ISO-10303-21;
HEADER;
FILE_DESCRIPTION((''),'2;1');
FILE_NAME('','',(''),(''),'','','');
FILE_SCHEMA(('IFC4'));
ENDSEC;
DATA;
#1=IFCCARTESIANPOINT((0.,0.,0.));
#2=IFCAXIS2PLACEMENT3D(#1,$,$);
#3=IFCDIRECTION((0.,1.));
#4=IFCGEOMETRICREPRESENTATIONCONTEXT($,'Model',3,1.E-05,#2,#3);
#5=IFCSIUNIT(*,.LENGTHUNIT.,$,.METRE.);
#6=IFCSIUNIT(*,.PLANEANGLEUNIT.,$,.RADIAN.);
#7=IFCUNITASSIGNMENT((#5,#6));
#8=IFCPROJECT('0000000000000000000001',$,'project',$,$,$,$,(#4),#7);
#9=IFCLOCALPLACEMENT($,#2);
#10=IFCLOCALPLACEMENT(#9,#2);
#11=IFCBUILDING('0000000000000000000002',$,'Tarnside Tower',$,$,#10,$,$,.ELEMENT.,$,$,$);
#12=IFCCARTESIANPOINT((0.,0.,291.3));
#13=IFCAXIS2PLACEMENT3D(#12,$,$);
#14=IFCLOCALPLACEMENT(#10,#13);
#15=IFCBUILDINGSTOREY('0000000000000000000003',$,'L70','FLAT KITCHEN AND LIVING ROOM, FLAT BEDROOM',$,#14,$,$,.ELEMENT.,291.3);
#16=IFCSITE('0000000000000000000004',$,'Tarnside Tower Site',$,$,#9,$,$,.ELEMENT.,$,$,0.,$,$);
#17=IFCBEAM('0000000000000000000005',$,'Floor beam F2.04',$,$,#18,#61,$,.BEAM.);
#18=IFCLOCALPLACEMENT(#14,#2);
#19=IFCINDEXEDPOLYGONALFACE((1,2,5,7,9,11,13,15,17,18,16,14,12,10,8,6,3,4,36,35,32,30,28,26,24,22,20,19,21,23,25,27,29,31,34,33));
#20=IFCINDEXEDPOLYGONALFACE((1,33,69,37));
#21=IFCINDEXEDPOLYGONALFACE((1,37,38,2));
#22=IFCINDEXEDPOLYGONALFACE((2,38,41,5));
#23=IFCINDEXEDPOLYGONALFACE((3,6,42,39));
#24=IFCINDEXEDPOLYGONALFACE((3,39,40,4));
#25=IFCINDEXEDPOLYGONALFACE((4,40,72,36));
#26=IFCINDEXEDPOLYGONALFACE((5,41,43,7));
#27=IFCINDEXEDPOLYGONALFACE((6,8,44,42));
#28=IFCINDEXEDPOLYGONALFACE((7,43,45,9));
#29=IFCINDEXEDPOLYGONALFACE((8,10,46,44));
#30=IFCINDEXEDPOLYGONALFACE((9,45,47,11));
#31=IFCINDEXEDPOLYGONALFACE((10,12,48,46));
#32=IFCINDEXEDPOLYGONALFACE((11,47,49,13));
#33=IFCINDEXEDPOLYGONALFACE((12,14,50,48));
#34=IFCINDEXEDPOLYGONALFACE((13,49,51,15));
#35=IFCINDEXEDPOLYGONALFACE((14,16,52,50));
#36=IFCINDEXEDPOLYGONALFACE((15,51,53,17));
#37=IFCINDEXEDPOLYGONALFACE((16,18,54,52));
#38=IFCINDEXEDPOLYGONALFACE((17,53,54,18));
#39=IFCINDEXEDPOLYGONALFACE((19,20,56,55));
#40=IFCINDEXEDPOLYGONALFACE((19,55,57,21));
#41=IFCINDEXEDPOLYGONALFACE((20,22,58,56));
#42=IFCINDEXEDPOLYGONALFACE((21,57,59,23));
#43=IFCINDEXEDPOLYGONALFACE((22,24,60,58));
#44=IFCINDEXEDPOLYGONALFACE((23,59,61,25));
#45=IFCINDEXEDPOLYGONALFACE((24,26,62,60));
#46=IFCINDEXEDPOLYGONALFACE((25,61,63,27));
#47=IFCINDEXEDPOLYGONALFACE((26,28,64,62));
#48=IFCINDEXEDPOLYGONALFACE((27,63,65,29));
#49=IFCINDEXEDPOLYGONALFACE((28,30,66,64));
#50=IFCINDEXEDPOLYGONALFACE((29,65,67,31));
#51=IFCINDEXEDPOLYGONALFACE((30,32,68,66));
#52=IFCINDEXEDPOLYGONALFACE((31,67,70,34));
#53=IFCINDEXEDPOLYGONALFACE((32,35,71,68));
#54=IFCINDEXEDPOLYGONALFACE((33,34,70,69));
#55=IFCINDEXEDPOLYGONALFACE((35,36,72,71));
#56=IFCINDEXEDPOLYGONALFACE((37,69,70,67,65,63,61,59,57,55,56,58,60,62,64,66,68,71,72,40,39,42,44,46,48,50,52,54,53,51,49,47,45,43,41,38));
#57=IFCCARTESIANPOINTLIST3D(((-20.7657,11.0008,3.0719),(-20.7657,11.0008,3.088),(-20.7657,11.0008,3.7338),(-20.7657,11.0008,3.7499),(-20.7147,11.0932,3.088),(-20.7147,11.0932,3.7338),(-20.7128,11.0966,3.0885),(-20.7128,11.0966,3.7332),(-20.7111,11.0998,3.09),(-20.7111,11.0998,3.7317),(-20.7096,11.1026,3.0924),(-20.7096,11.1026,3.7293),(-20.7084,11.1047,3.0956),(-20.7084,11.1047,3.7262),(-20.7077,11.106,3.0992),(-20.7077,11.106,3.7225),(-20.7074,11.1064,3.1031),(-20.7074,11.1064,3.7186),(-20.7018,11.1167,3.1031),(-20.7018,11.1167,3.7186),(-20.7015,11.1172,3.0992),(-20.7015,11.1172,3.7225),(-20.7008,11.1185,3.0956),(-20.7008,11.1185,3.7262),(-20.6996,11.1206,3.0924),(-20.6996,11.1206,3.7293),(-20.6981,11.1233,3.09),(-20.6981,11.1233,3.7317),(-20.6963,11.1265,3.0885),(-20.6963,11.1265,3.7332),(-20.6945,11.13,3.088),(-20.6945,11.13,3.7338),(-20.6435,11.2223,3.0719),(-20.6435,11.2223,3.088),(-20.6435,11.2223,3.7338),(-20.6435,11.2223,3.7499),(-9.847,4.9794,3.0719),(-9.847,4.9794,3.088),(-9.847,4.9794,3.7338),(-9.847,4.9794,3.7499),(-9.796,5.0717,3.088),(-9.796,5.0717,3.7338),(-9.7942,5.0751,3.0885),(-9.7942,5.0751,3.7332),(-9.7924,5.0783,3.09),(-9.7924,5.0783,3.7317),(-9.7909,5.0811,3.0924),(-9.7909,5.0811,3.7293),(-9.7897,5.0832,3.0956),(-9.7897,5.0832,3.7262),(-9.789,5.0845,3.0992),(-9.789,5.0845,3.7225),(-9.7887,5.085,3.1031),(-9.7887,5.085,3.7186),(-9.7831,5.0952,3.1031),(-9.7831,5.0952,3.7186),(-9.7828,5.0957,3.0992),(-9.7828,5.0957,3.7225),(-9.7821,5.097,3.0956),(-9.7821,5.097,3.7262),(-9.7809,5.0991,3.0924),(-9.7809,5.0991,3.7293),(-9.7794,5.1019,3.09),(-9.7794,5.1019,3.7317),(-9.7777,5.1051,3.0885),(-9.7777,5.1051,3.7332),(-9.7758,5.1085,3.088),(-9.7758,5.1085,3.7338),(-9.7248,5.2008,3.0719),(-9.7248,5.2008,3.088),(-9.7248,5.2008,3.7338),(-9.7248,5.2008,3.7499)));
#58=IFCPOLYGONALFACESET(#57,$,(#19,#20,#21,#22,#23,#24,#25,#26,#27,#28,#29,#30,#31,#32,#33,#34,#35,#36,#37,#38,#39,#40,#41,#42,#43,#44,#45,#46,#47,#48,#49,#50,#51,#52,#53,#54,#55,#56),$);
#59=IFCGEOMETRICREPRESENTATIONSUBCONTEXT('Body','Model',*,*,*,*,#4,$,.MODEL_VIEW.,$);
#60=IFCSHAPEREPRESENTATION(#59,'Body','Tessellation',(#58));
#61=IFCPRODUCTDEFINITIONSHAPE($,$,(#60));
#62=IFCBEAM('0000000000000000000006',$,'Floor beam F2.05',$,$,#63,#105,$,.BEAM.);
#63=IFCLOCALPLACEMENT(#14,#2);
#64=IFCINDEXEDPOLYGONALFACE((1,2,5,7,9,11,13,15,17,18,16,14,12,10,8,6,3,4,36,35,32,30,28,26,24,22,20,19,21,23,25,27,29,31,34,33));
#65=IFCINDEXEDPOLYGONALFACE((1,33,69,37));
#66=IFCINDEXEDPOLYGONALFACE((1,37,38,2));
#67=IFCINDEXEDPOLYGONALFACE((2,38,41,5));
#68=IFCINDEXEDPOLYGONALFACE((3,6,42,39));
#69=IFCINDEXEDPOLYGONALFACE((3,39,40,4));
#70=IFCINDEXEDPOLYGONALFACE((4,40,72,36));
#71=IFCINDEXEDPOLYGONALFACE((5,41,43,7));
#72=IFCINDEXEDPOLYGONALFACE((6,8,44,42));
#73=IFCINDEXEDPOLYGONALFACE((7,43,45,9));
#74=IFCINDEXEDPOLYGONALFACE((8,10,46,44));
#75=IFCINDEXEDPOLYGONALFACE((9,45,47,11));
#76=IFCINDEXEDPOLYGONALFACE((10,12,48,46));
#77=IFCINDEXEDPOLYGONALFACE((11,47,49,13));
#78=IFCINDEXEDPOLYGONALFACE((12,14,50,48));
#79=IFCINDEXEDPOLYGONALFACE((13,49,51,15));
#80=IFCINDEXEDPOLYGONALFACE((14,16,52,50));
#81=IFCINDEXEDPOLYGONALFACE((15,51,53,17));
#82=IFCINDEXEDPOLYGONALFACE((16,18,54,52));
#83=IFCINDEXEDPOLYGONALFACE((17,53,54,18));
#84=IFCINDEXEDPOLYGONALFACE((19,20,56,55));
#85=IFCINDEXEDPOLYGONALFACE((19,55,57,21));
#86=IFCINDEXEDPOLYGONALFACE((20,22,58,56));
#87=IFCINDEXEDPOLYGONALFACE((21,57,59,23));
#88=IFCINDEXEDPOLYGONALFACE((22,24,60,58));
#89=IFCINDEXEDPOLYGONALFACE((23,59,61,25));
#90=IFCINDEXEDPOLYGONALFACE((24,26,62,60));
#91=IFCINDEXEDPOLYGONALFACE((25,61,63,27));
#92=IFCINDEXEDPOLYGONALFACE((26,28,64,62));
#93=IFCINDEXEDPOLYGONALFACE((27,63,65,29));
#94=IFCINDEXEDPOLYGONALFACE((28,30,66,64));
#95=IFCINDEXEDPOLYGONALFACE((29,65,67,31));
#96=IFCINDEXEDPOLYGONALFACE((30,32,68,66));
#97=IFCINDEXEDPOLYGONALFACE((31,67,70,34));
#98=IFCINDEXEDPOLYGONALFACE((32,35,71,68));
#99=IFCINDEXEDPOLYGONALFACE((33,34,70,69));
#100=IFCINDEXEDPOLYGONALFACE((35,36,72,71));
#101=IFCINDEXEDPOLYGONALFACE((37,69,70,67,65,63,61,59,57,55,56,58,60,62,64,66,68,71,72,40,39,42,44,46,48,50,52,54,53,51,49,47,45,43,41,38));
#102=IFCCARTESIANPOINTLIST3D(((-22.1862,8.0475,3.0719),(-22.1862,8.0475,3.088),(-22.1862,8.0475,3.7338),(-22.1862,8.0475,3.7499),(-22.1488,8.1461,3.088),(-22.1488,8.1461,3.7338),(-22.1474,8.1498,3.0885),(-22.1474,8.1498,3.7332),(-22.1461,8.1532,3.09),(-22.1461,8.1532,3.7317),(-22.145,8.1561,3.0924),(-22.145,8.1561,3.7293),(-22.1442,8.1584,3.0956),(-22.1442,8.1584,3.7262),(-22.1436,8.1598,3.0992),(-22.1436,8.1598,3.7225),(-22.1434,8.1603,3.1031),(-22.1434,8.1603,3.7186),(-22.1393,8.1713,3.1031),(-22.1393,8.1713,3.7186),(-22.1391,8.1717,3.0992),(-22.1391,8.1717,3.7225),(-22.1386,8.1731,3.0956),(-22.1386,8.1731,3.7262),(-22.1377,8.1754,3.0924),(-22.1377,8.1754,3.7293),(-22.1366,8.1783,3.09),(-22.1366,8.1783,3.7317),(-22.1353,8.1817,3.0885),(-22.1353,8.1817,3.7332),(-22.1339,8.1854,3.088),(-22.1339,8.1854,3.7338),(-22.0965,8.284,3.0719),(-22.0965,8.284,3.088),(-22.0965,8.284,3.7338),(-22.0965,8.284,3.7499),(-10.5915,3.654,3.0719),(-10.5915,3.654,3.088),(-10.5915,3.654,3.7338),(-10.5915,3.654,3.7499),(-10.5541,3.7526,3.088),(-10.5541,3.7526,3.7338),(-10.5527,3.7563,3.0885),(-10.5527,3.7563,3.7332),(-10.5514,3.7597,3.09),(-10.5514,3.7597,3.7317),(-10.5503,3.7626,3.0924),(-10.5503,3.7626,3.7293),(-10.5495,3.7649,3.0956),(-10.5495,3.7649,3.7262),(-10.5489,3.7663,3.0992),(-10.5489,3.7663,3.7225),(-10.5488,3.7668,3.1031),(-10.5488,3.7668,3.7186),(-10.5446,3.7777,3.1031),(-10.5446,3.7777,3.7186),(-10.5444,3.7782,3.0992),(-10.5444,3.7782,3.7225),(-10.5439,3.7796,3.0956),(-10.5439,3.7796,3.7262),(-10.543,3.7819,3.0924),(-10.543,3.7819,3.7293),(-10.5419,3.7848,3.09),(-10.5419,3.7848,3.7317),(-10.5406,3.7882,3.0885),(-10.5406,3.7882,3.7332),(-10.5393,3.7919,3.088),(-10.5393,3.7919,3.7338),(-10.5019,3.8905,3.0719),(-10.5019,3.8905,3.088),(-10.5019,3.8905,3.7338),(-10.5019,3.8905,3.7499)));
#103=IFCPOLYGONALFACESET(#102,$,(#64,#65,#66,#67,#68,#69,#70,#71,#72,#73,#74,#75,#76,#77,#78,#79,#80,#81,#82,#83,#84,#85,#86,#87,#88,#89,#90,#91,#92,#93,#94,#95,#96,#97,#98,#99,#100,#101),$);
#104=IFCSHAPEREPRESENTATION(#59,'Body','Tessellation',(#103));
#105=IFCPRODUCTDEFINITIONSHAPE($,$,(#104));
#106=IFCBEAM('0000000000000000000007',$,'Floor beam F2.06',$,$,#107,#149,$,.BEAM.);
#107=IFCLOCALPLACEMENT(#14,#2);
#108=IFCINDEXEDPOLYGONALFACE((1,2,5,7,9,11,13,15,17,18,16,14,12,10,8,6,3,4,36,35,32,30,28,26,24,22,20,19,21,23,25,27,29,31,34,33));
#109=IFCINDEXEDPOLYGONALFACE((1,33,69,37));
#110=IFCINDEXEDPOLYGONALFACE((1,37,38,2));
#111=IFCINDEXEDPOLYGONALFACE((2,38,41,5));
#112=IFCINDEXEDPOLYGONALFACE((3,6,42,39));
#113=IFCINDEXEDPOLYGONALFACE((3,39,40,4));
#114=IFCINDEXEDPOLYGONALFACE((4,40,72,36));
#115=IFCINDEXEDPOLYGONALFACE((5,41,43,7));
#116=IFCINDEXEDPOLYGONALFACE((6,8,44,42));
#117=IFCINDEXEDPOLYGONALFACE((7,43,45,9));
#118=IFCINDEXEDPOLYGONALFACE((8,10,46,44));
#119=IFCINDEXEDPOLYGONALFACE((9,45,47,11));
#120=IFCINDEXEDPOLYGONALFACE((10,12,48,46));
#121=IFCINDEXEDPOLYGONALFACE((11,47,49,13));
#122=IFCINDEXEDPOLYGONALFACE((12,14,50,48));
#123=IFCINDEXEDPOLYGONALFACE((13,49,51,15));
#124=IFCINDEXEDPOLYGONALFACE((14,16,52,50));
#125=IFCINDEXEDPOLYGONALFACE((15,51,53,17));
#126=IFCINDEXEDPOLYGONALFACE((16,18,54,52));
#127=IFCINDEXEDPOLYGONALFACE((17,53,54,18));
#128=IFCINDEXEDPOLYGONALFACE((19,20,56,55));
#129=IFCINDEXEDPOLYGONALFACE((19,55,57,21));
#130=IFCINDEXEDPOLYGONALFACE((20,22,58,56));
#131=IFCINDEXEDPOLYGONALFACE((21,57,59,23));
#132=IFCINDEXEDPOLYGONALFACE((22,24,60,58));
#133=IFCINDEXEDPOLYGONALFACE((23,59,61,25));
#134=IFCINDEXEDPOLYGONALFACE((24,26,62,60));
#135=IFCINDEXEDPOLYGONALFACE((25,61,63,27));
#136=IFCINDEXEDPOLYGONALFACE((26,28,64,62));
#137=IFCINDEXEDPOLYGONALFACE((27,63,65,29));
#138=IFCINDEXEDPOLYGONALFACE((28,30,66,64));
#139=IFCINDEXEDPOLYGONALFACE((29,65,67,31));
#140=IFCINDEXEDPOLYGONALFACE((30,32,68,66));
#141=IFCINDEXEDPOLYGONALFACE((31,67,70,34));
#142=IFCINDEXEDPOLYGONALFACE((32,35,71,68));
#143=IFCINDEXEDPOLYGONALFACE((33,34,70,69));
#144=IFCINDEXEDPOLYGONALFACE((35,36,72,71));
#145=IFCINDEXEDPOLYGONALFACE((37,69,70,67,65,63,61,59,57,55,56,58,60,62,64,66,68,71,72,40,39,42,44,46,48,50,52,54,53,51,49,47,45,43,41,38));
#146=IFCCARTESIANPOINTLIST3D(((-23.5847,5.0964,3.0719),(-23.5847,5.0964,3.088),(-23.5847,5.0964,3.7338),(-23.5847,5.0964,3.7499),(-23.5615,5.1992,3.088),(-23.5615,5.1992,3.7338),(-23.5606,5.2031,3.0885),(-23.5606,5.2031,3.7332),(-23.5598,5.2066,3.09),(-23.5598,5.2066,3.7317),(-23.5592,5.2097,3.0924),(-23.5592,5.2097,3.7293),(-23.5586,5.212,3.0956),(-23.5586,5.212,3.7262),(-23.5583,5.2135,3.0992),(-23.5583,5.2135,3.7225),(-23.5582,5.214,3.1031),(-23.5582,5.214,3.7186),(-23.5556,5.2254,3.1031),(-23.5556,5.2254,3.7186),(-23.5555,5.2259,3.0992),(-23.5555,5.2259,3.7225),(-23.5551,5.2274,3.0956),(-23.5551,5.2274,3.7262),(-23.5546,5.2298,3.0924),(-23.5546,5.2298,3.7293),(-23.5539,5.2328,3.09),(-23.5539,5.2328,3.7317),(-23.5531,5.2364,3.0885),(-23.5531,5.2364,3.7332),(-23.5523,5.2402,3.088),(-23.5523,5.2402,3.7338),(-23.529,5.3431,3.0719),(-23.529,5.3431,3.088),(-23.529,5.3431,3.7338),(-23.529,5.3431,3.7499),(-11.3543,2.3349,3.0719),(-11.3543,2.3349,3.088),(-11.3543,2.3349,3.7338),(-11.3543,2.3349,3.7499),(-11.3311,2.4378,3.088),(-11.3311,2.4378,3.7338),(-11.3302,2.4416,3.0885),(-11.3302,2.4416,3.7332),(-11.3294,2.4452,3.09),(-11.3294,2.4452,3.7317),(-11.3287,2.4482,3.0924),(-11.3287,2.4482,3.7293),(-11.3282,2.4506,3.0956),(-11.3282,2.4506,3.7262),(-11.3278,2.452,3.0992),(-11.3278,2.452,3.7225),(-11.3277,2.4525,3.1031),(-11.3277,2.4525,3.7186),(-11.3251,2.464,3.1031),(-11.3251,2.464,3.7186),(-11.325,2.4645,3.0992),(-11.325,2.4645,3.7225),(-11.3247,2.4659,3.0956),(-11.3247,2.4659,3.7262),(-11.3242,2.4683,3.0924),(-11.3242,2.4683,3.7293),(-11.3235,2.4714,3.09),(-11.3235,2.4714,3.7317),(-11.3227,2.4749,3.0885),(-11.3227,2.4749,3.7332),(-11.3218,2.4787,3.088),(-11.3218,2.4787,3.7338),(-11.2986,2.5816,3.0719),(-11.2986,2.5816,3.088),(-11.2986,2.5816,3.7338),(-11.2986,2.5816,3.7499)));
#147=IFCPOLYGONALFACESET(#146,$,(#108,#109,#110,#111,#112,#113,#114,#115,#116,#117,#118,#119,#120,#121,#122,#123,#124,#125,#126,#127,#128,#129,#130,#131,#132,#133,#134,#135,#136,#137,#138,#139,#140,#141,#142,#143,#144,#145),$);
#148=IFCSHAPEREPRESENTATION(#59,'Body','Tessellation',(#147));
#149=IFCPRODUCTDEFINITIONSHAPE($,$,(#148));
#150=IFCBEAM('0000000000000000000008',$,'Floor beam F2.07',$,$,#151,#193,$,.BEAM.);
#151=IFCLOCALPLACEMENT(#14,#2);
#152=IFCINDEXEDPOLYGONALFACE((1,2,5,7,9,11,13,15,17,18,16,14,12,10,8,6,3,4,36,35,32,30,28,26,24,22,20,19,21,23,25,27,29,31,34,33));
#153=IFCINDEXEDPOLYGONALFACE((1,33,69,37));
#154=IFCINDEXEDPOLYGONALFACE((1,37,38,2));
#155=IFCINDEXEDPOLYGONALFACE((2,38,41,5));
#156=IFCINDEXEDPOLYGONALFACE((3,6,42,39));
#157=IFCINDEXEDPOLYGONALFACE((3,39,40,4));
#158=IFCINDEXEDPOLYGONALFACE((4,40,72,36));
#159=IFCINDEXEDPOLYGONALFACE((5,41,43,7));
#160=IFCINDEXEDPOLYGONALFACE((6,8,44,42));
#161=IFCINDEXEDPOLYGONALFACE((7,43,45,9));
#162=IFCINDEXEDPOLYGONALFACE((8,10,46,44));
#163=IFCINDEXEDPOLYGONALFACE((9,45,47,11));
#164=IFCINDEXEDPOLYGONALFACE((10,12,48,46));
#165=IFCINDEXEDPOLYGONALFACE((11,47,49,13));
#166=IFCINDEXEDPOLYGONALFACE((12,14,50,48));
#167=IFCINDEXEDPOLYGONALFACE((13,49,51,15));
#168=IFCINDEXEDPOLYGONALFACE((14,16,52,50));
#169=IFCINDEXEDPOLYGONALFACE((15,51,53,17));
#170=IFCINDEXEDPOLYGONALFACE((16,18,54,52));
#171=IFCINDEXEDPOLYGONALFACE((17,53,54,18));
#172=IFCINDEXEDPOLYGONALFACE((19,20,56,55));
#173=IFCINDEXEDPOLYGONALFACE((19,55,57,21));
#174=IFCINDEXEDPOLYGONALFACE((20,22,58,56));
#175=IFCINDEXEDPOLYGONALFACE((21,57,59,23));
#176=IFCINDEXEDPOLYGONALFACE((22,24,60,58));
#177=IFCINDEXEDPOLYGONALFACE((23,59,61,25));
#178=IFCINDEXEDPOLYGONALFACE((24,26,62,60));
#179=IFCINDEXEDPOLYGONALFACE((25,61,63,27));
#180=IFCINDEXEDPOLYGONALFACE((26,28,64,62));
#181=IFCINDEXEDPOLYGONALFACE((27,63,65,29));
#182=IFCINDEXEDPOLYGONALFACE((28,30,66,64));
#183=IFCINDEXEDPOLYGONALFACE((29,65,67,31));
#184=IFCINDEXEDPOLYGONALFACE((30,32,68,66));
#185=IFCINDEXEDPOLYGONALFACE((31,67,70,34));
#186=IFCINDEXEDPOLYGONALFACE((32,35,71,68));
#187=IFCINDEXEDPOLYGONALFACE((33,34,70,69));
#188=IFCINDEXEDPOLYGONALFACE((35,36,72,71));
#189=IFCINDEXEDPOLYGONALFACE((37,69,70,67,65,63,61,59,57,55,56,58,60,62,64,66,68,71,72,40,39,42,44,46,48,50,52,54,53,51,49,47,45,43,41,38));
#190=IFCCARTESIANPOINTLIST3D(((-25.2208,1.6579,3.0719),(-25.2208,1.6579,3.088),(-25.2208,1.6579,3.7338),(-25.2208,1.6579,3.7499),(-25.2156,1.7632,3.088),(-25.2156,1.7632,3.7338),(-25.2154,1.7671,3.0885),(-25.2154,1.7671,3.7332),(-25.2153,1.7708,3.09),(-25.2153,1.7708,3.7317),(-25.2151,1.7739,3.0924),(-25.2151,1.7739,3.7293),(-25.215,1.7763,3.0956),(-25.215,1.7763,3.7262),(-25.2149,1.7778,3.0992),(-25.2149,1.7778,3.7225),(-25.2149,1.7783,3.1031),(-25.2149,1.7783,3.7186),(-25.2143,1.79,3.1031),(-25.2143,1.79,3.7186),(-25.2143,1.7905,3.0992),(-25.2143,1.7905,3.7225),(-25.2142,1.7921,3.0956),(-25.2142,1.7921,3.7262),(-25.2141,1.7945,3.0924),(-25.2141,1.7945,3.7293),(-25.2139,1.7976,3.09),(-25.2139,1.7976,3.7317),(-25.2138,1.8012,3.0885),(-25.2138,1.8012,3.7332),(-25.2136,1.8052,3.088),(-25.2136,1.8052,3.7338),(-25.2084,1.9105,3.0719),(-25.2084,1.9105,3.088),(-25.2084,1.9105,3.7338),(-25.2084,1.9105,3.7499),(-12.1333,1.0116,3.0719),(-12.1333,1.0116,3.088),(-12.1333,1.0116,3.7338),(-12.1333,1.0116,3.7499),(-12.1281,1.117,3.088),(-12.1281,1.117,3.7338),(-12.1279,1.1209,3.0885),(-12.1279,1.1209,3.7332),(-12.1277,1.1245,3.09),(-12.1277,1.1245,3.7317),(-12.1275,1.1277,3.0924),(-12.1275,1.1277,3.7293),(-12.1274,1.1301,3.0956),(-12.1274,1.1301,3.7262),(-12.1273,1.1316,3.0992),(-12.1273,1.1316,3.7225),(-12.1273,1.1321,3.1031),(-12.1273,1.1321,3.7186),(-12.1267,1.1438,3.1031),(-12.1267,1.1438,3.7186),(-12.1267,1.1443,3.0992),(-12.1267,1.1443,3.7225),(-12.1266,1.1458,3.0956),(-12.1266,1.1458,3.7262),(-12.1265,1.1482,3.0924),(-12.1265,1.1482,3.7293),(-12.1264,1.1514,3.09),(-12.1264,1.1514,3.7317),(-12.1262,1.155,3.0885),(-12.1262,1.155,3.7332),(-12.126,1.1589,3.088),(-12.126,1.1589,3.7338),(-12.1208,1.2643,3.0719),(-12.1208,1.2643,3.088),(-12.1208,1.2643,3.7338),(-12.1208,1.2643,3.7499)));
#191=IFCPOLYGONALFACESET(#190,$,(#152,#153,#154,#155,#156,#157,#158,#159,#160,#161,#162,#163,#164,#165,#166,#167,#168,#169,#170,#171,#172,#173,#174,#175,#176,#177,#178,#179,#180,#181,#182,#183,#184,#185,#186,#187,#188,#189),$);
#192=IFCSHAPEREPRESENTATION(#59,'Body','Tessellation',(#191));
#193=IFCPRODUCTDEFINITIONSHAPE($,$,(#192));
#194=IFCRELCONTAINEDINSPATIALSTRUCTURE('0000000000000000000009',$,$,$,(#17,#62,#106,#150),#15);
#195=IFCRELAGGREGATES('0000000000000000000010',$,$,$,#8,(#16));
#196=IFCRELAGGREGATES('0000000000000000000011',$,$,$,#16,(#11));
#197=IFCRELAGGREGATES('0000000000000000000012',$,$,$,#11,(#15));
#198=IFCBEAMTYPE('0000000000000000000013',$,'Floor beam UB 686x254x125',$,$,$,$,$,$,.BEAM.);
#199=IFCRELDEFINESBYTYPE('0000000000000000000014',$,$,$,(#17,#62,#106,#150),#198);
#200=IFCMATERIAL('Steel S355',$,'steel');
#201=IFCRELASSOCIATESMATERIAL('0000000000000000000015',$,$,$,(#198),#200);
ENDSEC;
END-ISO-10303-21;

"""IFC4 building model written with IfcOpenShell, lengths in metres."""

from ifc_helpers import new_model, si_unit, direction, frame, origin, origin_2d, place, context, subcontext, project, spatial, i_section, extrude, material, material_profile, profile_set, type_object, element, save


model = new_model("IFC4")

# Units and contexts
model_context = context("Model", 3, precision=1e-05, world=origin(), true_north=direction((0.0, 1.0)))
body_context = subcontext(model_context, "Body", "Model", "MODEL_VIEW")
ifc_project = project(units=[si_unit("LENGTHUNIT", "METRE"), si_unit("PLANEANGLEUNIT", "RADIAN")], contexts=[model_context])

# Site, building, storey
site_placement = place(None, origin())
site = spatial("IfcSite", under=ifc_project, at=site_placement, Name="Tarnside Tower Site", CompositionType="ELEMENT", RefElevation=0.0)
building_placement = place(site_placement, origin())
building = spatial("IfcBuilding", under=site, at=building_placement, Name="Tarnside Tower", CompositionType="ELEMENT")
storey_placement = place(building_placement, frame((0.0, 0.0, 291.3)))
storey = spatial("IfcBuildingStorey", under=building, at=storey_placement, Name="L70", Description="FLAT KITCHEN AND LIVING ROOM, FLAT BEDROOM", CompositionType="ELEMENT", Elevation=291.3)

# Beams
ifc_material_1 = material(Name="Steel S355", Category="steel")
ifc_material_profile = material_profile(ifc_material_1, i_section(OverallWidth=0.2529, OverallDepth=0.678, WebThickness=0.0117, FlangeThickness=0.0161, FilletRadius=0.0151, at=origin_2d()), Name="UB 686x254x125")
ifc_profile_set = profile_set([ifc_material_profile], Name="Steel S355")
beam_type = type_object("IfcBeamType", Name="Floor beam UB 686x254x125", PredefinedType="BEAM", material=ifc_profile_set)
beam_1_placement = place(storey_placement, frame((-20.7046, 11.1116, 3.4109), z_axis=(0.875667, -0.482916, 0.0), x_axis=(0.482916, 0.875667, 0.0)))
element("IfcBeam", 1, at=beam_1_placement, inside=storey, type_object=beam_type, Name="Floor beam F2.04", PredefinedType="BEAM", context=body_context, shape_type="SweptSolid", body=[
    extrude(i_section(OverallWidth=0.2529, OverallDepth=0.678, WebThickness=0.0117, FlangeThickness=0.0161, FilletRadius=0.0151, at=origin_2d()), origin(), (0.0, 0.0, 1.0), 12.469),
])
beam_2_placement = place(storey_placement, frame((-22.1414, 8.1658, 3.4109), z_axis=(0.935116, -0.354341, 0.0), x_axis=(0.354341, 0.935116, 0.0)))
element("IfcBeam", 2, at=beam_2_placement, inside=storey, type_object=beam_type, Name="Floor beam F2.05", PredefinedType="BEAM", context=body_context, shape_type="SweptSolid", body=[
    extrude(i_section(OverallWidth=0.2529, OverallDepth=0.678, WebThickness=0.0117, FlangeThickness=0.0161, FilletRadius=0.0151, at=origin_2d()), origin(), (0.0, 0.0, 1.0), 12.3992),
])
beam_3_placement = place(storey_placement, frame((-23.5569, 5.2197, 3.4109), z_axis=(0.975445, -0.220242, 0.0), x_axis=(0.220242, 0.975445, 0.0)))
element("IfcBeam", 3, at=beam_3_placement, inside=storey, type_object=beam_type, Name="Floor beam F2.06", PredefinedType="BEAM", context=body_context, shape_type="SweptSolid", body=[
    extrude(i_section(OverallWidth=0.2529, OverallDepth=0.678, WebThickness=0.0117, FlangeThickness=0.0161, FilletRadius=0.0151, at=origin_2d()), origin(), (0.0, 0.0, 1.0), 12.5383),
])
beam_4_placement = place(storey_placement, frame((-25.2146, 1.7842, 3.4109), z_axis=(0.998783, -0.049318, 0.0), x_axis=(0.049318, 0.998783, 0.0)))
element("IfcBeam", 4, at=beam_4_placement, inside=storey, type_object=beam_type, Name="Floor beam F2.07", PredefinedType="BEAM", context=body_context, shape_type="SweptSolid", body=[
    extrude(i_section(OverallWidth=0.2529, OverallDepth=0.678, WebThickness=0.0117, FlangeThickness=0.0161, FilletRadius=0.0151, at=origin_2d()), origin(), (0.0, 0.0, 1.0), 13.1035),
])

save(model, "model.ifc")
